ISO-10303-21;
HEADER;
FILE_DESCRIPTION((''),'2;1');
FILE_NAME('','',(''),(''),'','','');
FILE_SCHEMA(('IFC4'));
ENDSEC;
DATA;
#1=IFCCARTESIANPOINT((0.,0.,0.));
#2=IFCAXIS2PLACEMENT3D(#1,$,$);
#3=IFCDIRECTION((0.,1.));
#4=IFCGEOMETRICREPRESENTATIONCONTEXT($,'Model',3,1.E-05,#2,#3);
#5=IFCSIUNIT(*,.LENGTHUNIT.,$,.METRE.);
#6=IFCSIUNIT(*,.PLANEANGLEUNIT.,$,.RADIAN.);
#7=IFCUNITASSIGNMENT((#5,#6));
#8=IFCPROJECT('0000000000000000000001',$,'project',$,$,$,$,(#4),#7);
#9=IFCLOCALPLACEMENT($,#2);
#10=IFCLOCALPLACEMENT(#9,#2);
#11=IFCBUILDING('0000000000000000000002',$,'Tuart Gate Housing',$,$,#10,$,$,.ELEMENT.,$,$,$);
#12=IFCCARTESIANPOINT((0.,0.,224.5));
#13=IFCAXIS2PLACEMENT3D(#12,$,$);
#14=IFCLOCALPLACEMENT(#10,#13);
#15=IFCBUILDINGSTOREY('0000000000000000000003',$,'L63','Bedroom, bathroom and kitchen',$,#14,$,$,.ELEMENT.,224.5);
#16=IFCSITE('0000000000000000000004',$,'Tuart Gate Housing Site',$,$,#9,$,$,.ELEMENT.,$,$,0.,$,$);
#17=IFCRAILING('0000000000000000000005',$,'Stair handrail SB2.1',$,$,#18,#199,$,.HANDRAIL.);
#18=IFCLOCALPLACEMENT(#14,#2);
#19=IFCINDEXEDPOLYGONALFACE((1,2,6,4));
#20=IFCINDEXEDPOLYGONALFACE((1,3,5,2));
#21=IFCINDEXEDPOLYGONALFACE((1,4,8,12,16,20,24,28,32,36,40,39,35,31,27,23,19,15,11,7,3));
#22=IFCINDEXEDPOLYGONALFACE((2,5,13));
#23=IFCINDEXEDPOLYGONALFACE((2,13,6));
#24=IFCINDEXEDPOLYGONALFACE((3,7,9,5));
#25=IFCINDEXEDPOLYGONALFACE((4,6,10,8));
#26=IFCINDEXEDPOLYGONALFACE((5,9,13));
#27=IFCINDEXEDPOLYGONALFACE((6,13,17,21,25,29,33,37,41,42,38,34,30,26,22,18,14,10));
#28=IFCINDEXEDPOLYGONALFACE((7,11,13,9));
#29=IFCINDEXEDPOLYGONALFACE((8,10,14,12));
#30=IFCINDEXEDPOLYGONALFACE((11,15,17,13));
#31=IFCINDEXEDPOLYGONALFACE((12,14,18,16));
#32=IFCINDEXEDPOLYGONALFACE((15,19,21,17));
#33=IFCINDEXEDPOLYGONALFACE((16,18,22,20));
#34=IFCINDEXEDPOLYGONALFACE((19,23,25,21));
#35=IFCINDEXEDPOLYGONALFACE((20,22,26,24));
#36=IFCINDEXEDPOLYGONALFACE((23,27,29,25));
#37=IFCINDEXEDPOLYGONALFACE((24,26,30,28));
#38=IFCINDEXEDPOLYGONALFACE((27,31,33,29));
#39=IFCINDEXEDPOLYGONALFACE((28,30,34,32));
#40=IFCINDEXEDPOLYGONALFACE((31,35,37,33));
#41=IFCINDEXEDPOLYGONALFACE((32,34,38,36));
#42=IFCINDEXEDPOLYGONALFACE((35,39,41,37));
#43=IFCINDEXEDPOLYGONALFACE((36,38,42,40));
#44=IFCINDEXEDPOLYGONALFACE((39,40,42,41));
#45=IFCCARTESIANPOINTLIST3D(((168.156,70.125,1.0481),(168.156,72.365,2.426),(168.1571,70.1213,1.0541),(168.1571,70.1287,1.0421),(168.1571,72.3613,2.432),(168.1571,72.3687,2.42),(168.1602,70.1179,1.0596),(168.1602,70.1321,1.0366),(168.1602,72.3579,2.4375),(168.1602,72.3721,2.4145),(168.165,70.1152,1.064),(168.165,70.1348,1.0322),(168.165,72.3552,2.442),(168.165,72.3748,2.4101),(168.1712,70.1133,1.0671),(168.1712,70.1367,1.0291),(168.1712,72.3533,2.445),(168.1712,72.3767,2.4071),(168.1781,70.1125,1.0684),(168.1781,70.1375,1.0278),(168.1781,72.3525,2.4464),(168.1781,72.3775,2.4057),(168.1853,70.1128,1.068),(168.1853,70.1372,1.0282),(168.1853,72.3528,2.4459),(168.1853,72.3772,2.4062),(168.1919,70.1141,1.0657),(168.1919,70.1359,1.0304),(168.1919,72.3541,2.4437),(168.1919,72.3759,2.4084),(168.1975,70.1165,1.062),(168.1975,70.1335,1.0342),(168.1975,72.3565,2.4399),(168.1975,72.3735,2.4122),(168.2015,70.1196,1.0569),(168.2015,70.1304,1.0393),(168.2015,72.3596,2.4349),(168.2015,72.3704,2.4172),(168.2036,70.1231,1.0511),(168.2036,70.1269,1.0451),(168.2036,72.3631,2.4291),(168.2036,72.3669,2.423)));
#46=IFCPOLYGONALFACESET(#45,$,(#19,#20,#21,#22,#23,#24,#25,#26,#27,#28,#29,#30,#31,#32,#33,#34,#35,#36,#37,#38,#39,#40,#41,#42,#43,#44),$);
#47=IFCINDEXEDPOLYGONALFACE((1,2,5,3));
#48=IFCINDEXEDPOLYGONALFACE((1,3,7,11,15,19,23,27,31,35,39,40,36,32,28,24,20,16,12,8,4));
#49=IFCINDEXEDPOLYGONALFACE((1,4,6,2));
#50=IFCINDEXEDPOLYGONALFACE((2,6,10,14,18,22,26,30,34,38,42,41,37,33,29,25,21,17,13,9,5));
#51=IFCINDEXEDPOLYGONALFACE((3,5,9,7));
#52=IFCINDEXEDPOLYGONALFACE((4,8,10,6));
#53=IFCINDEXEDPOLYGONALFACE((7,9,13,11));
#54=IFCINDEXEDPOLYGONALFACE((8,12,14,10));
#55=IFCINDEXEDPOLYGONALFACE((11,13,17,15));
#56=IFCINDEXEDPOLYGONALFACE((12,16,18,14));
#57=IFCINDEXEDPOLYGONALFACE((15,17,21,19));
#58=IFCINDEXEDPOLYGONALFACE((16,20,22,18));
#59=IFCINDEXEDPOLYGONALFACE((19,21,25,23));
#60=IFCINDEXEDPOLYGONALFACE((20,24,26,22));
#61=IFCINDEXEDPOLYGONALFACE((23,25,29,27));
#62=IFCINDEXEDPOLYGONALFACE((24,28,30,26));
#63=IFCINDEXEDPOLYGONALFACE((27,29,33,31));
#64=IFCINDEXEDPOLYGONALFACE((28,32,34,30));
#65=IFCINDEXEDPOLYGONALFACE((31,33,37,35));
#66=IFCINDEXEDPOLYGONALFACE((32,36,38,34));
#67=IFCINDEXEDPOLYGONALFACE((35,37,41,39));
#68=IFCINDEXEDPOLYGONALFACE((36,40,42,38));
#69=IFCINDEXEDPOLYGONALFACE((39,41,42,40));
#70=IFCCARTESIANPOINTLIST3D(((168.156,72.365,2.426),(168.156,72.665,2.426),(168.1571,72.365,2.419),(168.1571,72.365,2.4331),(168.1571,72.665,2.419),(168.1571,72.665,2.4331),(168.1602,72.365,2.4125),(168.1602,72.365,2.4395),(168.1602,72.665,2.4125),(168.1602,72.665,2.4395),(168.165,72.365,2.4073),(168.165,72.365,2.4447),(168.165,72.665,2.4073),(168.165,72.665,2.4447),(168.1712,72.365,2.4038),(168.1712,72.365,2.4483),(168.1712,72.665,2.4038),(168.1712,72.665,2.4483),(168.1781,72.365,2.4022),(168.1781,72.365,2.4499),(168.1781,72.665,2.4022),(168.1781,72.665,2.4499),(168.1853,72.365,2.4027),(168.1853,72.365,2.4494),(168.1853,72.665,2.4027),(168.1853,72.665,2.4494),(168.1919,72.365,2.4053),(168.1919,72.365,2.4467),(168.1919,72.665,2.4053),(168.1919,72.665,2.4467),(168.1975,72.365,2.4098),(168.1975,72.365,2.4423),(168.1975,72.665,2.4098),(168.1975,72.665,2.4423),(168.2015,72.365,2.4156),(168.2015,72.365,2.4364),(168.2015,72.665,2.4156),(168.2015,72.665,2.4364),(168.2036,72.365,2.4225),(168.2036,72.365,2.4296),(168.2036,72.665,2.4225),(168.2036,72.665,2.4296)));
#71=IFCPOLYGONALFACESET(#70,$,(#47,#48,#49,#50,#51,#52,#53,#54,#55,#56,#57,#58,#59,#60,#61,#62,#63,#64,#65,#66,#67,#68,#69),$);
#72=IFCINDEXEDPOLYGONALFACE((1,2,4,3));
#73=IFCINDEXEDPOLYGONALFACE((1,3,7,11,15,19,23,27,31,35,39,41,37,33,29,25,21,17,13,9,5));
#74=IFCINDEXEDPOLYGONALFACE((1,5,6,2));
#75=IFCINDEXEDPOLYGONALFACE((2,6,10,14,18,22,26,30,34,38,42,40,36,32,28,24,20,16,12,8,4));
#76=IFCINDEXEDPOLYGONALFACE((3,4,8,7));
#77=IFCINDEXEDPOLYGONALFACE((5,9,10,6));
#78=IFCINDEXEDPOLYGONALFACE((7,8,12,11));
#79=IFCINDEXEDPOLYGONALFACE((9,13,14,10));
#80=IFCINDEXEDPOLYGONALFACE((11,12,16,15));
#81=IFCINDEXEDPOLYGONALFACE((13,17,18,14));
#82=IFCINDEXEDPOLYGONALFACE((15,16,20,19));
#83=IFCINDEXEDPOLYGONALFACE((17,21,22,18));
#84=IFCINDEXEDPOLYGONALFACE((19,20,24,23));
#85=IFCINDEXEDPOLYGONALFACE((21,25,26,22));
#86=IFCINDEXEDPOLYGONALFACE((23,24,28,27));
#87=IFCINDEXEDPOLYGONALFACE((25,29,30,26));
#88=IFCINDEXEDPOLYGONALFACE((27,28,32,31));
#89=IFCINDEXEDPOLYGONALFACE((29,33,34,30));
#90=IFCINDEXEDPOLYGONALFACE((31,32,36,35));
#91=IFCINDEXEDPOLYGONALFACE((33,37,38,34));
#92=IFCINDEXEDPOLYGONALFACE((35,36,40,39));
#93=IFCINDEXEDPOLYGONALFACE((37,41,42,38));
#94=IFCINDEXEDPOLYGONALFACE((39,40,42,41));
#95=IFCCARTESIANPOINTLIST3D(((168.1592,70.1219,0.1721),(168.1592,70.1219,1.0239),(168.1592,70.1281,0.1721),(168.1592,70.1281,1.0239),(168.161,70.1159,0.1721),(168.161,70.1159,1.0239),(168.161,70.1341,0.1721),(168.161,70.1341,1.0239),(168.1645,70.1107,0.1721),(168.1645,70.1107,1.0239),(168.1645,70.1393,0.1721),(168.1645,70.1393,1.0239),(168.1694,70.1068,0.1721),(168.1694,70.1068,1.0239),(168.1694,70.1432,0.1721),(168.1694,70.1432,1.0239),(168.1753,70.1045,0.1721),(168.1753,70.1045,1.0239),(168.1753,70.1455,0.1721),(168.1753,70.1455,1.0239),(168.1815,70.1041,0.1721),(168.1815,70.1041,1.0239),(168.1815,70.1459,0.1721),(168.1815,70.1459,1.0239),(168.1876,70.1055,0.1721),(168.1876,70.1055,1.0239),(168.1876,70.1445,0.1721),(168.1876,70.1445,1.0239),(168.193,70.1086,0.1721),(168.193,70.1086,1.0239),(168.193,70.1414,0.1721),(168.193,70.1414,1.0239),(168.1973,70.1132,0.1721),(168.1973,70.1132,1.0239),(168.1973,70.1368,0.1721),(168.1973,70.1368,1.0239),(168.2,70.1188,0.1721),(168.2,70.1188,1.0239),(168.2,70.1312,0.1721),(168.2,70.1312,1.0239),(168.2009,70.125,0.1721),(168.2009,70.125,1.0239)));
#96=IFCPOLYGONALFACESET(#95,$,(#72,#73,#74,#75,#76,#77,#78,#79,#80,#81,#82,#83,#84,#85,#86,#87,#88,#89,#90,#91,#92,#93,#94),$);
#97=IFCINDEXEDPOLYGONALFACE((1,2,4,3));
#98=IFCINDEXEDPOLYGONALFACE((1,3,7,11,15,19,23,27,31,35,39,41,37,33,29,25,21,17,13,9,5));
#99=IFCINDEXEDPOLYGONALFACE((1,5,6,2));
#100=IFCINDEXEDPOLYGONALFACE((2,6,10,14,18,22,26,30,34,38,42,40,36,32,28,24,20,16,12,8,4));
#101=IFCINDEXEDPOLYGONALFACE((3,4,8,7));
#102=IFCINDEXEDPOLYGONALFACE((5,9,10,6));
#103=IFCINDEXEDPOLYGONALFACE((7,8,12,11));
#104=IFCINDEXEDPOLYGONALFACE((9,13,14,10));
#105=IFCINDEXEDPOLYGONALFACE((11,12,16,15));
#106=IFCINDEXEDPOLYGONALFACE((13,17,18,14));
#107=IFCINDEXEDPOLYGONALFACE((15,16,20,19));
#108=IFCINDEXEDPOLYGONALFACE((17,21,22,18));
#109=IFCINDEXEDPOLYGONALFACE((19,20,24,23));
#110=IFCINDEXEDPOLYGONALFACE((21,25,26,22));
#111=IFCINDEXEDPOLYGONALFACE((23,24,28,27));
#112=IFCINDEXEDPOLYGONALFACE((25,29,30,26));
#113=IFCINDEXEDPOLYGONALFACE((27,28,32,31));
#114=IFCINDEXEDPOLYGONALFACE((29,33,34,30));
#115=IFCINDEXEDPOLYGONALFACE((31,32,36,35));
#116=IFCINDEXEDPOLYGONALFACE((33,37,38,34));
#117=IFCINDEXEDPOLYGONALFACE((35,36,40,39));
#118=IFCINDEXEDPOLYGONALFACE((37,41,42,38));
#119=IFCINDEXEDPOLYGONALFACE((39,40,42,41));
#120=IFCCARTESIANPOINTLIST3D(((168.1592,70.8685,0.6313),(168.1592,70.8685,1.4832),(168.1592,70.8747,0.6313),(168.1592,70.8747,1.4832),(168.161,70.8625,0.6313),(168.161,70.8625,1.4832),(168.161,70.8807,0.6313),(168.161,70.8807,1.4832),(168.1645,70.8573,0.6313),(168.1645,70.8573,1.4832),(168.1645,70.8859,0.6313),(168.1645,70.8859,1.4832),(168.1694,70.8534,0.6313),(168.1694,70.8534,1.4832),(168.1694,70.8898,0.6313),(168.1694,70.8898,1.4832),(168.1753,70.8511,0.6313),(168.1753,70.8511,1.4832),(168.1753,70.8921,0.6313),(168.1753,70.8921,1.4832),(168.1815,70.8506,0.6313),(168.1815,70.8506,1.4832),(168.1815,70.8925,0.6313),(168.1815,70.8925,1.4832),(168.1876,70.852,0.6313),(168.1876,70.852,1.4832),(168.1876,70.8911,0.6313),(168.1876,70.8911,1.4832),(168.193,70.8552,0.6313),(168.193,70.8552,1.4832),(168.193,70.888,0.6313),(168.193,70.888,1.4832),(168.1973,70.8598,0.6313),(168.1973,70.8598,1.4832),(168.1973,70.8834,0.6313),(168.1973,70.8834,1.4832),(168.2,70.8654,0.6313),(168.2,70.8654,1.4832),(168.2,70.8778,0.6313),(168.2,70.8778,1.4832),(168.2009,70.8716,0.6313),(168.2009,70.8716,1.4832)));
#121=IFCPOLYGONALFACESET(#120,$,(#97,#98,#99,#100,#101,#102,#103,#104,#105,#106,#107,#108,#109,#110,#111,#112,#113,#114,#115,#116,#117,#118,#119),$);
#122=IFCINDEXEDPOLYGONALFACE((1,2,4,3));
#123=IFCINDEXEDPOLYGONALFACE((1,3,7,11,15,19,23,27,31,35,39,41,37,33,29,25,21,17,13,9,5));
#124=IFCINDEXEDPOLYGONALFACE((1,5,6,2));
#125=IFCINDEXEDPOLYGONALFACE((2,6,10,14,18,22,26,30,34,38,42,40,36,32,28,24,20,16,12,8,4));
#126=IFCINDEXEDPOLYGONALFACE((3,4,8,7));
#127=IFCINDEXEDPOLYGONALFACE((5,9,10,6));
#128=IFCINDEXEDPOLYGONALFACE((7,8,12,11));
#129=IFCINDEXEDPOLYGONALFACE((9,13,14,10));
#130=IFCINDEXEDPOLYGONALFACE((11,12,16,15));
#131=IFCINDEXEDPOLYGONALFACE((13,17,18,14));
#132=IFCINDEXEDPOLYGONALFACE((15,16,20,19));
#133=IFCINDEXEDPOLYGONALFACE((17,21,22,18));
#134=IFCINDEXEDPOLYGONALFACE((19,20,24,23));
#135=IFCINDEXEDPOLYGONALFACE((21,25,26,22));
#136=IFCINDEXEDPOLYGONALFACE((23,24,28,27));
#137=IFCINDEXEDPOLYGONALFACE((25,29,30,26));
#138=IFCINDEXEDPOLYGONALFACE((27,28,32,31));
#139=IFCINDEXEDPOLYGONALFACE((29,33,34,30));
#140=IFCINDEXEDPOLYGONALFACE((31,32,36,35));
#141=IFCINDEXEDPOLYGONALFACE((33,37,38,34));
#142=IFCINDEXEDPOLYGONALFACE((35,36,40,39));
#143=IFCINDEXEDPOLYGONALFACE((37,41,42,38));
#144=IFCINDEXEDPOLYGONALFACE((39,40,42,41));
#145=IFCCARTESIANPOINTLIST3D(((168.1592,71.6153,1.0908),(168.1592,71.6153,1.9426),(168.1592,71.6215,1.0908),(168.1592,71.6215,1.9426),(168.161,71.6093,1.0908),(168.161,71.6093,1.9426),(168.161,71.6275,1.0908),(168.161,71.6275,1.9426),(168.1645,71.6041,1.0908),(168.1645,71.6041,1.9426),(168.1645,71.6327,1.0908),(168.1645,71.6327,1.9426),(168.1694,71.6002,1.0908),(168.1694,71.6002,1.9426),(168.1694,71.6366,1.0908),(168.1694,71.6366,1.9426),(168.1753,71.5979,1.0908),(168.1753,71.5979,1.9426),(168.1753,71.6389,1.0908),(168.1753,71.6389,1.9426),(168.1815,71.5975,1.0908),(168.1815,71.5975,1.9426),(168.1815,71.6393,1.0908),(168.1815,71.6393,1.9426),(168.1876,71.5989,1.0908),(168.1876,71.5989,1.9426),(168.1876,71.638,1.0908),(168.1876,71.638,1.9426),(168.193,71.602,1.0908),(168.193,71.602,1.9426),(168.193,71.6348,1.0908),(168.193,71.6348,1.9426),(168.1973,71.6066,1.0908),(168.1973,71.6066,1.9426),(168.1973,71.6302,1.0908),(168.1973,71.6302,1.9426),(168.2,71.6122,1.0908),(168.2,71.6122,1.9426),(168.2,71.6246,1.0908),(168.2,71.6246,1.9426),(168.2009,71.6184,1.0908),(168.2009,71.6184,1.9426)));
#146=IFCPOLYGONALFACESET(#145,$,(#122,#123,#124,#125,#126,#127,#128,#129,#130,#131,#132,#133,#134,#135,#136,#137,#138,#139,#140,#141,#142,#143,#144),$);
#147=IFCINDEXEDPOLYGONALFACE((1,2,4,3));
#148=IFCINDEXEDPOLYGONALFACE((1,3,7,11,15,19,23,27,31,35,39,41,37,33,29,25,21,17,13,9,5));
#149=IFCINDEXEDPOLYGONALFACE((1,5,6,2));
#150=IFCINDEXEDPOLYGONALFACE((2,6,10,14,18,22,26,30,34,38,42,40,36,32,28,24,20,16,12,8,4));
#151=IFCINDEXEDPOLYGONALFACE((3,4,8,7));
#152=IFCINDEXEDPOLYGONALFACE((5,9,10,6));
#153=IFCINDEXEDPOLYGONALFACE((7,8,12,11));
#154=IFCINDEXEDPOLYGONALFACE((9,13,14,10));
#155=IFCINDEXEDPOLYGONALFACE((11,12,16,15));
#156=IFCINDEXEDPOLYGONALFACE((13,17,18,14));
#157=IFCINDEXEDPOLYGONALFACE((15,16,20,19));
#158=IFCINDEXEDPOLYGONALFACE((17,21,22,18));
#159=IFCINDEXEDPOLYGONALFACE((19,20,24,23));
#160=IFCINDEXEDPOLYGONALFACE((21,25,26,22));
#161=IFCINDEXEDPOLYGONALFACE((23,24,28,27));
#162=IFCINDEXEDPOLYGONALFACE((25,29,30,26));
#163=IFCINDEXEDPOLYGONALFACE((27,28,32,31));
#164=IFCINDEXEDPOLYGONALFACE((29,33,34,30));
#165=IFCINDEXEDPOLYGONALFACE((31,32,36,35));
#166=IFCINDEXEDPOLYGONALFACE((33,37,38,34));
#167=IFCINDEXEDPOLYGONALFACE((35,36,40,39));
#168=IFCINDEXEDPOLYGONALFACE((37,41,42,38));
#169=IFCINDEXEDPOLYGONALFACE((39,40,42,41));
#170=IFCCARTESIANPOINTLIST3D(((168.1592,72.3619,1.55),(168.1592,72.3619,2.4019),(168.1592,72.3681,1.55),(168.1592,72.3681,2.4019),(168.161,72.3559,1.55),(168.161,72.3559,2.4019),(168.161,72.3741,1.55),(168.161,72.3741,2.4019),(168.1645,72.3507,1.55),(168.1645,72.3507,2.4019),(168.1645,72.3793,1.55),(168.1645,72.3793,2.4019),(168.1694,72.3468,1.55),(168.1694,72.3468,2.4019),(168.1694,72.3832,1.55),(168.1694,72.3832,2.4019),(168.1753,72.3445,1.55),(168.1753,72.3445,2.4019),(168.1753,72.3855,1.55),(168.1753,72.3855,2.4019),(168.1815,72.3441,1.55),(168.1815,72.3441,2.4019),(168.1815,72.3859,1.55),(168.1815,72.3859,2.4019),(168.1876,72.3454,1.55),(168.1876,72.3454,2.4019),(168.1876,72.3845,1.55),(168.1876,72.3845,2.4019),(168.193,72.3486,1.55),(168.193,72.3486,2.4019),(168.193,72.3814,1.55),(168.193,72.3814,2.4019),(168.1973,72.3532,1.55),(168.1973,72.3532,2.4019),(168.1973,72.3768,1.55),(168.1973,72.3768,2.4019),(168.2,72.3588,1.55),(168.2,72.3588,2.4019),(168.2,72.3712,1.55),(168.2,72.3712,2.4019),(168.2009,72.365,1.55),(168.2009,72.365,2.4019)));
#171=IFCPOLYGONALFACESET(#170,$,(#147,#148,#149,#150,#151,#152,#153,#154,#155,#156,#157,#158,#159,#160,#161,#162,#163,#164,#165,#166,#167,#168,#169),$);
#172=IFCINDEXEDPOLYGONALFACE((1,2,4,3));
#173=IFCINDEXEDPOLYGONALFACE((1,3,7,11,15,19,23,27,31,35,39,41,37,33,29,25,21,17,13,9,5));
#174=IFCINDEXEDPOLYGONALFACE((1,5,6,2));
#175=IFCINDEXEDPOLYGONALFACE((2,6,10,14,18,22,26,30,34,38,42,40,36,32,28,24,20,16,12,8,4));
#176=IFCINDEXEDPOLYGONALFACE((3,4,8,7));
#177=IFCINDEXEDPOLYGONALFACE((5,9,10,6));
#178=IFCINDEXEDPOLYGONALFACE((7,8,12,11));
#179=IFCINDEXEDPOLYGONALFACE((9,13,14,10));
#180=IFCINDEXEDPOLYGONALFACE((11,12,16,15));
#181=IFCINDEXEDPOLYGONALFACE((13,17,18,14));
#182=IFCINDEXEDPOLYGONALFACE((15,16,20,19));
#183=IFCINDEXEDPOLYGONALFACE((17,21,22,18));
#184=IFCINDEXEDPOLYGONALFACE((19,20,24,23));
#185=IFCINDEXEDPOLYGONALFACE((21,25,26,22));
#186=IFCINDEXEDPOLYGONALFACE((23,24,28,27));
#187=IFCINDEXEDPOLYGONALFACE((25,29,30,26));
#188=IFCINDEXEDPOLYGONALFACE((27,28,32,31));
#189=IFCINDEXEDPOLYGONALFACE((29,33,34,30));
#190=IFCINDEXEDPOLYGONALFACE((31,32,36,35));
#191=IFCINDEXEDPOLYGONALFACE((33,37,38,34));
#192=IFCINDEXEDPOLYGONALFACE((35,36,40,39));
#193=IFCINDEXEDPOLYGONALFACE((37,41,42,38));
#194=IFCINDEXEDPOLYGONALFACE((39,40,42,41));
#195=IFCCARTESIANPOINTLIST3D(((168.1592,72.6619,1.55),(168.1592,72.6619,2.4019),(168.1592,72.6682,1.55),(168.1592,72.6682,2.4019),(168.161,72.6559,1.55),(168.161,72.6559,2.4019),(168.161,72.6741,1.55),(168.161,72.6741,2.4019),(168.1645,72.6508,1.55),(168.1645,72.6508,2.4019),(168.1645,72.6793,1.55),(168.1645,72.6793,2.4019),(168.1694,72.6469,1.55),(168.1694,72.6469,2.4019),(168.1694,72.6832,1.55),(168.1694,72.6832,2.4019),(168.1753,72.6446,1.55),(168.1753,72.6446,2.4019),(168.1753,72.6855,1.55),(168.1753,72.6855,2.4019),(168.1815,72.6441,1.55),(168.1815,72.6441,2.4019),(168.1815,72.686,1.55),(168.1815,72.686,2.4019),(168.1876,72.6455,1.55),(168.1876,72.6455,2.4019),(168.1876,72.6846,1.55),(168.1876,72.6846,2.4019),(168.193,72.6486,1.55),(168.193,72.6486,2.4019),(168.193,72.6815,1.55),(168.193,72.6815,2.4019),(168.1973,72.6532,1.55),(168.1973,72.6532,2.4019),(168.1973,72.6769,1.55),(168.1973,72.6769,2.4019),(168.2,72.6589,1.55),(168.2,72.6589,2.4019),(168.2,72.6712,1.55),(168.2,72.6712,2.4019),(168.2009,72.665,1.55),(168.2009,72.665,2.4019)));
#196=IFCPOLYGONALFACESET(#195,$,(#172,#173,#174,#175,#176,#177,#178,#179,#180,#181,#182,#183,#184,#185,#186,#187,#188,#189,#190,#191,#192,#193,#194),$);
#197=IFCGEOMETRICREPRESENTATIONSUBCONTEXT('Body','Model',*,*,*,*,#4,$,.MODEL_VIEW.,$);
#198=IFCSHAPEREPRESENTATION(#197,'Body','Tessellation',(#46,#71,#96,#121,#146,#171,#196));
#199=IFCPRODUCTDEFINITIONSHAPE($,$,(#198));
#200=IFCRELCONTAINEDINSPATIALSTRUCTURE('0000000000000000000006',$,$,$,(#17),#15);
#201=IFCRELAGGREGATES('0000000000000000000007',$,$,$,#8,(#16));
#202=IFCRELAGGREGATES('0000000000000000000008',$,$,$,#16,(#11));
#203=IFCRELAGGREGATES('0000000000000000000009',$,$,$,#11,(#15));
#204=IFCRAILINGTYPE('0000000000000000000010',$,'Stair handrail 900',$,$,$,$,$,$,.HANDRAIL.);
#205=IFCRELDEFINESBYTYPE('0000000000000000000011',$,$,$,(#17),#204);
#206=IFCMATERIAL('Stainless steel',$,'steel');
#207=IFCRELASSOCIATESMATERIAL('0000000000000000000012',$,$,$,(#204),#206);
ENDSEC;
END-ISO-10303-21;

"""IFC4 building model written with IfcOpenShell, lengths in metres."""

from ifc_helpers import new_model, si_unit, direction, frame, origin, origin_2d, place, context, subcontext, project, spatial, circle, extrude, material, type_object, element, save


model = new_model("IFC4")

# Units and contexts
model_context = context("Model", 3, precision=1e-05, world=origin(), true_north=direction((0.0, 1.0)))
body_context = subcontext(model_context, "Body", "Model", "MODEL_VIEW")
ifc_project = project(units=[si_unit("LENGTHUNIT", "METRE"), si_unit("PLANEANGLEUNIT", "RADIAN")], contexts=[model_context])

# Site, building, storey
site_placement = place(None, origin())
site = spatial("IfcSite", under=ifc_project, at=site_placement, Name="Tuart Gate Housing Site", CompositionType="ELEMENT", RefElevation=0.0)
building_placement = place(site_placement, origin())
building = spatial("IfcBuilding", under=site, at=building_placement, Name="Tuart Gate Housing", CompositionType="ELEMENT")
storey_placement = place(building_placement, frame((0.0, 0.0, 224.5)))
storey = spatial("IfcBuildingStorey", under=building, at=storey_placement, Name="L63", Description="Bedroom, bathroom and kitchen", CompositionType="ELEMENT", Elevation=224.5)

# Railing
ifc_material_1 = material(Name="Stainless steel", Category="steel")
railing_type = type_object("IfcRailingType", Name="Stair handrail 900", PredefinedType="HANDRAIL", material=ifc_material_1)
railing_placement = place(storey_placement, frame((168.1799, 70.125, 0.1721)))
element("IfcRailing", 1, at=railing_placement, inside=storey, type_object=railing_type, Name="Stair handrail SB2.1", PredefinedType="HANDRAIL", context=body_context, shape_type="SweptSolid", body=[
    extrude(circle(Radius=0.0239, at=origin_2d()), frame((0.0, 0.0, 0.876), z_axis=(0.0, 0.851748, 0.523952), x_axis=(-1.0, 0.0, 0.0)), (0.0, 0.0, 1.0), 2.6299),
    extrude(circle(Radius=0.0239, at=origin_2d()), frame((0.0, 2.24, 2.2539), z_axis=(0.0, 1.0, 0.0), x_axis=(-1.0, 0.0, 0.0)), (0.0, 0.0, 1.0), 0.3),
    extrude(circle(Radius=0.021, at=origin_2d()), origin(), (0.0, 0.0, 1.0), 0.8518),
    extrude(circle(Radius=0.021, at=origin_2d()), frame((0.0, 0.7466, 0.4592)), (0.0, 0.0, 1.0), 0.8518),
    extrude(circle(Radius=0.021, at=origin_2d()), frame((0.0, 1.4934, 0.9187)), (0.0, 0.0, 1.0), 0.8518),
    extrude(circle(Radius=0.021, at=origin_2d()), frame((0.0, 2.24, 1.3779)), (0.0, 0.0, 1.0), 0.8518),
    extrude(circle(Radius=0.021, at=origin_2d()), frame((0.0, 2.54, 1.3779)), (0.0, 0.0, 1.0), 0.8518),
])

save(model, "model.ifc")
